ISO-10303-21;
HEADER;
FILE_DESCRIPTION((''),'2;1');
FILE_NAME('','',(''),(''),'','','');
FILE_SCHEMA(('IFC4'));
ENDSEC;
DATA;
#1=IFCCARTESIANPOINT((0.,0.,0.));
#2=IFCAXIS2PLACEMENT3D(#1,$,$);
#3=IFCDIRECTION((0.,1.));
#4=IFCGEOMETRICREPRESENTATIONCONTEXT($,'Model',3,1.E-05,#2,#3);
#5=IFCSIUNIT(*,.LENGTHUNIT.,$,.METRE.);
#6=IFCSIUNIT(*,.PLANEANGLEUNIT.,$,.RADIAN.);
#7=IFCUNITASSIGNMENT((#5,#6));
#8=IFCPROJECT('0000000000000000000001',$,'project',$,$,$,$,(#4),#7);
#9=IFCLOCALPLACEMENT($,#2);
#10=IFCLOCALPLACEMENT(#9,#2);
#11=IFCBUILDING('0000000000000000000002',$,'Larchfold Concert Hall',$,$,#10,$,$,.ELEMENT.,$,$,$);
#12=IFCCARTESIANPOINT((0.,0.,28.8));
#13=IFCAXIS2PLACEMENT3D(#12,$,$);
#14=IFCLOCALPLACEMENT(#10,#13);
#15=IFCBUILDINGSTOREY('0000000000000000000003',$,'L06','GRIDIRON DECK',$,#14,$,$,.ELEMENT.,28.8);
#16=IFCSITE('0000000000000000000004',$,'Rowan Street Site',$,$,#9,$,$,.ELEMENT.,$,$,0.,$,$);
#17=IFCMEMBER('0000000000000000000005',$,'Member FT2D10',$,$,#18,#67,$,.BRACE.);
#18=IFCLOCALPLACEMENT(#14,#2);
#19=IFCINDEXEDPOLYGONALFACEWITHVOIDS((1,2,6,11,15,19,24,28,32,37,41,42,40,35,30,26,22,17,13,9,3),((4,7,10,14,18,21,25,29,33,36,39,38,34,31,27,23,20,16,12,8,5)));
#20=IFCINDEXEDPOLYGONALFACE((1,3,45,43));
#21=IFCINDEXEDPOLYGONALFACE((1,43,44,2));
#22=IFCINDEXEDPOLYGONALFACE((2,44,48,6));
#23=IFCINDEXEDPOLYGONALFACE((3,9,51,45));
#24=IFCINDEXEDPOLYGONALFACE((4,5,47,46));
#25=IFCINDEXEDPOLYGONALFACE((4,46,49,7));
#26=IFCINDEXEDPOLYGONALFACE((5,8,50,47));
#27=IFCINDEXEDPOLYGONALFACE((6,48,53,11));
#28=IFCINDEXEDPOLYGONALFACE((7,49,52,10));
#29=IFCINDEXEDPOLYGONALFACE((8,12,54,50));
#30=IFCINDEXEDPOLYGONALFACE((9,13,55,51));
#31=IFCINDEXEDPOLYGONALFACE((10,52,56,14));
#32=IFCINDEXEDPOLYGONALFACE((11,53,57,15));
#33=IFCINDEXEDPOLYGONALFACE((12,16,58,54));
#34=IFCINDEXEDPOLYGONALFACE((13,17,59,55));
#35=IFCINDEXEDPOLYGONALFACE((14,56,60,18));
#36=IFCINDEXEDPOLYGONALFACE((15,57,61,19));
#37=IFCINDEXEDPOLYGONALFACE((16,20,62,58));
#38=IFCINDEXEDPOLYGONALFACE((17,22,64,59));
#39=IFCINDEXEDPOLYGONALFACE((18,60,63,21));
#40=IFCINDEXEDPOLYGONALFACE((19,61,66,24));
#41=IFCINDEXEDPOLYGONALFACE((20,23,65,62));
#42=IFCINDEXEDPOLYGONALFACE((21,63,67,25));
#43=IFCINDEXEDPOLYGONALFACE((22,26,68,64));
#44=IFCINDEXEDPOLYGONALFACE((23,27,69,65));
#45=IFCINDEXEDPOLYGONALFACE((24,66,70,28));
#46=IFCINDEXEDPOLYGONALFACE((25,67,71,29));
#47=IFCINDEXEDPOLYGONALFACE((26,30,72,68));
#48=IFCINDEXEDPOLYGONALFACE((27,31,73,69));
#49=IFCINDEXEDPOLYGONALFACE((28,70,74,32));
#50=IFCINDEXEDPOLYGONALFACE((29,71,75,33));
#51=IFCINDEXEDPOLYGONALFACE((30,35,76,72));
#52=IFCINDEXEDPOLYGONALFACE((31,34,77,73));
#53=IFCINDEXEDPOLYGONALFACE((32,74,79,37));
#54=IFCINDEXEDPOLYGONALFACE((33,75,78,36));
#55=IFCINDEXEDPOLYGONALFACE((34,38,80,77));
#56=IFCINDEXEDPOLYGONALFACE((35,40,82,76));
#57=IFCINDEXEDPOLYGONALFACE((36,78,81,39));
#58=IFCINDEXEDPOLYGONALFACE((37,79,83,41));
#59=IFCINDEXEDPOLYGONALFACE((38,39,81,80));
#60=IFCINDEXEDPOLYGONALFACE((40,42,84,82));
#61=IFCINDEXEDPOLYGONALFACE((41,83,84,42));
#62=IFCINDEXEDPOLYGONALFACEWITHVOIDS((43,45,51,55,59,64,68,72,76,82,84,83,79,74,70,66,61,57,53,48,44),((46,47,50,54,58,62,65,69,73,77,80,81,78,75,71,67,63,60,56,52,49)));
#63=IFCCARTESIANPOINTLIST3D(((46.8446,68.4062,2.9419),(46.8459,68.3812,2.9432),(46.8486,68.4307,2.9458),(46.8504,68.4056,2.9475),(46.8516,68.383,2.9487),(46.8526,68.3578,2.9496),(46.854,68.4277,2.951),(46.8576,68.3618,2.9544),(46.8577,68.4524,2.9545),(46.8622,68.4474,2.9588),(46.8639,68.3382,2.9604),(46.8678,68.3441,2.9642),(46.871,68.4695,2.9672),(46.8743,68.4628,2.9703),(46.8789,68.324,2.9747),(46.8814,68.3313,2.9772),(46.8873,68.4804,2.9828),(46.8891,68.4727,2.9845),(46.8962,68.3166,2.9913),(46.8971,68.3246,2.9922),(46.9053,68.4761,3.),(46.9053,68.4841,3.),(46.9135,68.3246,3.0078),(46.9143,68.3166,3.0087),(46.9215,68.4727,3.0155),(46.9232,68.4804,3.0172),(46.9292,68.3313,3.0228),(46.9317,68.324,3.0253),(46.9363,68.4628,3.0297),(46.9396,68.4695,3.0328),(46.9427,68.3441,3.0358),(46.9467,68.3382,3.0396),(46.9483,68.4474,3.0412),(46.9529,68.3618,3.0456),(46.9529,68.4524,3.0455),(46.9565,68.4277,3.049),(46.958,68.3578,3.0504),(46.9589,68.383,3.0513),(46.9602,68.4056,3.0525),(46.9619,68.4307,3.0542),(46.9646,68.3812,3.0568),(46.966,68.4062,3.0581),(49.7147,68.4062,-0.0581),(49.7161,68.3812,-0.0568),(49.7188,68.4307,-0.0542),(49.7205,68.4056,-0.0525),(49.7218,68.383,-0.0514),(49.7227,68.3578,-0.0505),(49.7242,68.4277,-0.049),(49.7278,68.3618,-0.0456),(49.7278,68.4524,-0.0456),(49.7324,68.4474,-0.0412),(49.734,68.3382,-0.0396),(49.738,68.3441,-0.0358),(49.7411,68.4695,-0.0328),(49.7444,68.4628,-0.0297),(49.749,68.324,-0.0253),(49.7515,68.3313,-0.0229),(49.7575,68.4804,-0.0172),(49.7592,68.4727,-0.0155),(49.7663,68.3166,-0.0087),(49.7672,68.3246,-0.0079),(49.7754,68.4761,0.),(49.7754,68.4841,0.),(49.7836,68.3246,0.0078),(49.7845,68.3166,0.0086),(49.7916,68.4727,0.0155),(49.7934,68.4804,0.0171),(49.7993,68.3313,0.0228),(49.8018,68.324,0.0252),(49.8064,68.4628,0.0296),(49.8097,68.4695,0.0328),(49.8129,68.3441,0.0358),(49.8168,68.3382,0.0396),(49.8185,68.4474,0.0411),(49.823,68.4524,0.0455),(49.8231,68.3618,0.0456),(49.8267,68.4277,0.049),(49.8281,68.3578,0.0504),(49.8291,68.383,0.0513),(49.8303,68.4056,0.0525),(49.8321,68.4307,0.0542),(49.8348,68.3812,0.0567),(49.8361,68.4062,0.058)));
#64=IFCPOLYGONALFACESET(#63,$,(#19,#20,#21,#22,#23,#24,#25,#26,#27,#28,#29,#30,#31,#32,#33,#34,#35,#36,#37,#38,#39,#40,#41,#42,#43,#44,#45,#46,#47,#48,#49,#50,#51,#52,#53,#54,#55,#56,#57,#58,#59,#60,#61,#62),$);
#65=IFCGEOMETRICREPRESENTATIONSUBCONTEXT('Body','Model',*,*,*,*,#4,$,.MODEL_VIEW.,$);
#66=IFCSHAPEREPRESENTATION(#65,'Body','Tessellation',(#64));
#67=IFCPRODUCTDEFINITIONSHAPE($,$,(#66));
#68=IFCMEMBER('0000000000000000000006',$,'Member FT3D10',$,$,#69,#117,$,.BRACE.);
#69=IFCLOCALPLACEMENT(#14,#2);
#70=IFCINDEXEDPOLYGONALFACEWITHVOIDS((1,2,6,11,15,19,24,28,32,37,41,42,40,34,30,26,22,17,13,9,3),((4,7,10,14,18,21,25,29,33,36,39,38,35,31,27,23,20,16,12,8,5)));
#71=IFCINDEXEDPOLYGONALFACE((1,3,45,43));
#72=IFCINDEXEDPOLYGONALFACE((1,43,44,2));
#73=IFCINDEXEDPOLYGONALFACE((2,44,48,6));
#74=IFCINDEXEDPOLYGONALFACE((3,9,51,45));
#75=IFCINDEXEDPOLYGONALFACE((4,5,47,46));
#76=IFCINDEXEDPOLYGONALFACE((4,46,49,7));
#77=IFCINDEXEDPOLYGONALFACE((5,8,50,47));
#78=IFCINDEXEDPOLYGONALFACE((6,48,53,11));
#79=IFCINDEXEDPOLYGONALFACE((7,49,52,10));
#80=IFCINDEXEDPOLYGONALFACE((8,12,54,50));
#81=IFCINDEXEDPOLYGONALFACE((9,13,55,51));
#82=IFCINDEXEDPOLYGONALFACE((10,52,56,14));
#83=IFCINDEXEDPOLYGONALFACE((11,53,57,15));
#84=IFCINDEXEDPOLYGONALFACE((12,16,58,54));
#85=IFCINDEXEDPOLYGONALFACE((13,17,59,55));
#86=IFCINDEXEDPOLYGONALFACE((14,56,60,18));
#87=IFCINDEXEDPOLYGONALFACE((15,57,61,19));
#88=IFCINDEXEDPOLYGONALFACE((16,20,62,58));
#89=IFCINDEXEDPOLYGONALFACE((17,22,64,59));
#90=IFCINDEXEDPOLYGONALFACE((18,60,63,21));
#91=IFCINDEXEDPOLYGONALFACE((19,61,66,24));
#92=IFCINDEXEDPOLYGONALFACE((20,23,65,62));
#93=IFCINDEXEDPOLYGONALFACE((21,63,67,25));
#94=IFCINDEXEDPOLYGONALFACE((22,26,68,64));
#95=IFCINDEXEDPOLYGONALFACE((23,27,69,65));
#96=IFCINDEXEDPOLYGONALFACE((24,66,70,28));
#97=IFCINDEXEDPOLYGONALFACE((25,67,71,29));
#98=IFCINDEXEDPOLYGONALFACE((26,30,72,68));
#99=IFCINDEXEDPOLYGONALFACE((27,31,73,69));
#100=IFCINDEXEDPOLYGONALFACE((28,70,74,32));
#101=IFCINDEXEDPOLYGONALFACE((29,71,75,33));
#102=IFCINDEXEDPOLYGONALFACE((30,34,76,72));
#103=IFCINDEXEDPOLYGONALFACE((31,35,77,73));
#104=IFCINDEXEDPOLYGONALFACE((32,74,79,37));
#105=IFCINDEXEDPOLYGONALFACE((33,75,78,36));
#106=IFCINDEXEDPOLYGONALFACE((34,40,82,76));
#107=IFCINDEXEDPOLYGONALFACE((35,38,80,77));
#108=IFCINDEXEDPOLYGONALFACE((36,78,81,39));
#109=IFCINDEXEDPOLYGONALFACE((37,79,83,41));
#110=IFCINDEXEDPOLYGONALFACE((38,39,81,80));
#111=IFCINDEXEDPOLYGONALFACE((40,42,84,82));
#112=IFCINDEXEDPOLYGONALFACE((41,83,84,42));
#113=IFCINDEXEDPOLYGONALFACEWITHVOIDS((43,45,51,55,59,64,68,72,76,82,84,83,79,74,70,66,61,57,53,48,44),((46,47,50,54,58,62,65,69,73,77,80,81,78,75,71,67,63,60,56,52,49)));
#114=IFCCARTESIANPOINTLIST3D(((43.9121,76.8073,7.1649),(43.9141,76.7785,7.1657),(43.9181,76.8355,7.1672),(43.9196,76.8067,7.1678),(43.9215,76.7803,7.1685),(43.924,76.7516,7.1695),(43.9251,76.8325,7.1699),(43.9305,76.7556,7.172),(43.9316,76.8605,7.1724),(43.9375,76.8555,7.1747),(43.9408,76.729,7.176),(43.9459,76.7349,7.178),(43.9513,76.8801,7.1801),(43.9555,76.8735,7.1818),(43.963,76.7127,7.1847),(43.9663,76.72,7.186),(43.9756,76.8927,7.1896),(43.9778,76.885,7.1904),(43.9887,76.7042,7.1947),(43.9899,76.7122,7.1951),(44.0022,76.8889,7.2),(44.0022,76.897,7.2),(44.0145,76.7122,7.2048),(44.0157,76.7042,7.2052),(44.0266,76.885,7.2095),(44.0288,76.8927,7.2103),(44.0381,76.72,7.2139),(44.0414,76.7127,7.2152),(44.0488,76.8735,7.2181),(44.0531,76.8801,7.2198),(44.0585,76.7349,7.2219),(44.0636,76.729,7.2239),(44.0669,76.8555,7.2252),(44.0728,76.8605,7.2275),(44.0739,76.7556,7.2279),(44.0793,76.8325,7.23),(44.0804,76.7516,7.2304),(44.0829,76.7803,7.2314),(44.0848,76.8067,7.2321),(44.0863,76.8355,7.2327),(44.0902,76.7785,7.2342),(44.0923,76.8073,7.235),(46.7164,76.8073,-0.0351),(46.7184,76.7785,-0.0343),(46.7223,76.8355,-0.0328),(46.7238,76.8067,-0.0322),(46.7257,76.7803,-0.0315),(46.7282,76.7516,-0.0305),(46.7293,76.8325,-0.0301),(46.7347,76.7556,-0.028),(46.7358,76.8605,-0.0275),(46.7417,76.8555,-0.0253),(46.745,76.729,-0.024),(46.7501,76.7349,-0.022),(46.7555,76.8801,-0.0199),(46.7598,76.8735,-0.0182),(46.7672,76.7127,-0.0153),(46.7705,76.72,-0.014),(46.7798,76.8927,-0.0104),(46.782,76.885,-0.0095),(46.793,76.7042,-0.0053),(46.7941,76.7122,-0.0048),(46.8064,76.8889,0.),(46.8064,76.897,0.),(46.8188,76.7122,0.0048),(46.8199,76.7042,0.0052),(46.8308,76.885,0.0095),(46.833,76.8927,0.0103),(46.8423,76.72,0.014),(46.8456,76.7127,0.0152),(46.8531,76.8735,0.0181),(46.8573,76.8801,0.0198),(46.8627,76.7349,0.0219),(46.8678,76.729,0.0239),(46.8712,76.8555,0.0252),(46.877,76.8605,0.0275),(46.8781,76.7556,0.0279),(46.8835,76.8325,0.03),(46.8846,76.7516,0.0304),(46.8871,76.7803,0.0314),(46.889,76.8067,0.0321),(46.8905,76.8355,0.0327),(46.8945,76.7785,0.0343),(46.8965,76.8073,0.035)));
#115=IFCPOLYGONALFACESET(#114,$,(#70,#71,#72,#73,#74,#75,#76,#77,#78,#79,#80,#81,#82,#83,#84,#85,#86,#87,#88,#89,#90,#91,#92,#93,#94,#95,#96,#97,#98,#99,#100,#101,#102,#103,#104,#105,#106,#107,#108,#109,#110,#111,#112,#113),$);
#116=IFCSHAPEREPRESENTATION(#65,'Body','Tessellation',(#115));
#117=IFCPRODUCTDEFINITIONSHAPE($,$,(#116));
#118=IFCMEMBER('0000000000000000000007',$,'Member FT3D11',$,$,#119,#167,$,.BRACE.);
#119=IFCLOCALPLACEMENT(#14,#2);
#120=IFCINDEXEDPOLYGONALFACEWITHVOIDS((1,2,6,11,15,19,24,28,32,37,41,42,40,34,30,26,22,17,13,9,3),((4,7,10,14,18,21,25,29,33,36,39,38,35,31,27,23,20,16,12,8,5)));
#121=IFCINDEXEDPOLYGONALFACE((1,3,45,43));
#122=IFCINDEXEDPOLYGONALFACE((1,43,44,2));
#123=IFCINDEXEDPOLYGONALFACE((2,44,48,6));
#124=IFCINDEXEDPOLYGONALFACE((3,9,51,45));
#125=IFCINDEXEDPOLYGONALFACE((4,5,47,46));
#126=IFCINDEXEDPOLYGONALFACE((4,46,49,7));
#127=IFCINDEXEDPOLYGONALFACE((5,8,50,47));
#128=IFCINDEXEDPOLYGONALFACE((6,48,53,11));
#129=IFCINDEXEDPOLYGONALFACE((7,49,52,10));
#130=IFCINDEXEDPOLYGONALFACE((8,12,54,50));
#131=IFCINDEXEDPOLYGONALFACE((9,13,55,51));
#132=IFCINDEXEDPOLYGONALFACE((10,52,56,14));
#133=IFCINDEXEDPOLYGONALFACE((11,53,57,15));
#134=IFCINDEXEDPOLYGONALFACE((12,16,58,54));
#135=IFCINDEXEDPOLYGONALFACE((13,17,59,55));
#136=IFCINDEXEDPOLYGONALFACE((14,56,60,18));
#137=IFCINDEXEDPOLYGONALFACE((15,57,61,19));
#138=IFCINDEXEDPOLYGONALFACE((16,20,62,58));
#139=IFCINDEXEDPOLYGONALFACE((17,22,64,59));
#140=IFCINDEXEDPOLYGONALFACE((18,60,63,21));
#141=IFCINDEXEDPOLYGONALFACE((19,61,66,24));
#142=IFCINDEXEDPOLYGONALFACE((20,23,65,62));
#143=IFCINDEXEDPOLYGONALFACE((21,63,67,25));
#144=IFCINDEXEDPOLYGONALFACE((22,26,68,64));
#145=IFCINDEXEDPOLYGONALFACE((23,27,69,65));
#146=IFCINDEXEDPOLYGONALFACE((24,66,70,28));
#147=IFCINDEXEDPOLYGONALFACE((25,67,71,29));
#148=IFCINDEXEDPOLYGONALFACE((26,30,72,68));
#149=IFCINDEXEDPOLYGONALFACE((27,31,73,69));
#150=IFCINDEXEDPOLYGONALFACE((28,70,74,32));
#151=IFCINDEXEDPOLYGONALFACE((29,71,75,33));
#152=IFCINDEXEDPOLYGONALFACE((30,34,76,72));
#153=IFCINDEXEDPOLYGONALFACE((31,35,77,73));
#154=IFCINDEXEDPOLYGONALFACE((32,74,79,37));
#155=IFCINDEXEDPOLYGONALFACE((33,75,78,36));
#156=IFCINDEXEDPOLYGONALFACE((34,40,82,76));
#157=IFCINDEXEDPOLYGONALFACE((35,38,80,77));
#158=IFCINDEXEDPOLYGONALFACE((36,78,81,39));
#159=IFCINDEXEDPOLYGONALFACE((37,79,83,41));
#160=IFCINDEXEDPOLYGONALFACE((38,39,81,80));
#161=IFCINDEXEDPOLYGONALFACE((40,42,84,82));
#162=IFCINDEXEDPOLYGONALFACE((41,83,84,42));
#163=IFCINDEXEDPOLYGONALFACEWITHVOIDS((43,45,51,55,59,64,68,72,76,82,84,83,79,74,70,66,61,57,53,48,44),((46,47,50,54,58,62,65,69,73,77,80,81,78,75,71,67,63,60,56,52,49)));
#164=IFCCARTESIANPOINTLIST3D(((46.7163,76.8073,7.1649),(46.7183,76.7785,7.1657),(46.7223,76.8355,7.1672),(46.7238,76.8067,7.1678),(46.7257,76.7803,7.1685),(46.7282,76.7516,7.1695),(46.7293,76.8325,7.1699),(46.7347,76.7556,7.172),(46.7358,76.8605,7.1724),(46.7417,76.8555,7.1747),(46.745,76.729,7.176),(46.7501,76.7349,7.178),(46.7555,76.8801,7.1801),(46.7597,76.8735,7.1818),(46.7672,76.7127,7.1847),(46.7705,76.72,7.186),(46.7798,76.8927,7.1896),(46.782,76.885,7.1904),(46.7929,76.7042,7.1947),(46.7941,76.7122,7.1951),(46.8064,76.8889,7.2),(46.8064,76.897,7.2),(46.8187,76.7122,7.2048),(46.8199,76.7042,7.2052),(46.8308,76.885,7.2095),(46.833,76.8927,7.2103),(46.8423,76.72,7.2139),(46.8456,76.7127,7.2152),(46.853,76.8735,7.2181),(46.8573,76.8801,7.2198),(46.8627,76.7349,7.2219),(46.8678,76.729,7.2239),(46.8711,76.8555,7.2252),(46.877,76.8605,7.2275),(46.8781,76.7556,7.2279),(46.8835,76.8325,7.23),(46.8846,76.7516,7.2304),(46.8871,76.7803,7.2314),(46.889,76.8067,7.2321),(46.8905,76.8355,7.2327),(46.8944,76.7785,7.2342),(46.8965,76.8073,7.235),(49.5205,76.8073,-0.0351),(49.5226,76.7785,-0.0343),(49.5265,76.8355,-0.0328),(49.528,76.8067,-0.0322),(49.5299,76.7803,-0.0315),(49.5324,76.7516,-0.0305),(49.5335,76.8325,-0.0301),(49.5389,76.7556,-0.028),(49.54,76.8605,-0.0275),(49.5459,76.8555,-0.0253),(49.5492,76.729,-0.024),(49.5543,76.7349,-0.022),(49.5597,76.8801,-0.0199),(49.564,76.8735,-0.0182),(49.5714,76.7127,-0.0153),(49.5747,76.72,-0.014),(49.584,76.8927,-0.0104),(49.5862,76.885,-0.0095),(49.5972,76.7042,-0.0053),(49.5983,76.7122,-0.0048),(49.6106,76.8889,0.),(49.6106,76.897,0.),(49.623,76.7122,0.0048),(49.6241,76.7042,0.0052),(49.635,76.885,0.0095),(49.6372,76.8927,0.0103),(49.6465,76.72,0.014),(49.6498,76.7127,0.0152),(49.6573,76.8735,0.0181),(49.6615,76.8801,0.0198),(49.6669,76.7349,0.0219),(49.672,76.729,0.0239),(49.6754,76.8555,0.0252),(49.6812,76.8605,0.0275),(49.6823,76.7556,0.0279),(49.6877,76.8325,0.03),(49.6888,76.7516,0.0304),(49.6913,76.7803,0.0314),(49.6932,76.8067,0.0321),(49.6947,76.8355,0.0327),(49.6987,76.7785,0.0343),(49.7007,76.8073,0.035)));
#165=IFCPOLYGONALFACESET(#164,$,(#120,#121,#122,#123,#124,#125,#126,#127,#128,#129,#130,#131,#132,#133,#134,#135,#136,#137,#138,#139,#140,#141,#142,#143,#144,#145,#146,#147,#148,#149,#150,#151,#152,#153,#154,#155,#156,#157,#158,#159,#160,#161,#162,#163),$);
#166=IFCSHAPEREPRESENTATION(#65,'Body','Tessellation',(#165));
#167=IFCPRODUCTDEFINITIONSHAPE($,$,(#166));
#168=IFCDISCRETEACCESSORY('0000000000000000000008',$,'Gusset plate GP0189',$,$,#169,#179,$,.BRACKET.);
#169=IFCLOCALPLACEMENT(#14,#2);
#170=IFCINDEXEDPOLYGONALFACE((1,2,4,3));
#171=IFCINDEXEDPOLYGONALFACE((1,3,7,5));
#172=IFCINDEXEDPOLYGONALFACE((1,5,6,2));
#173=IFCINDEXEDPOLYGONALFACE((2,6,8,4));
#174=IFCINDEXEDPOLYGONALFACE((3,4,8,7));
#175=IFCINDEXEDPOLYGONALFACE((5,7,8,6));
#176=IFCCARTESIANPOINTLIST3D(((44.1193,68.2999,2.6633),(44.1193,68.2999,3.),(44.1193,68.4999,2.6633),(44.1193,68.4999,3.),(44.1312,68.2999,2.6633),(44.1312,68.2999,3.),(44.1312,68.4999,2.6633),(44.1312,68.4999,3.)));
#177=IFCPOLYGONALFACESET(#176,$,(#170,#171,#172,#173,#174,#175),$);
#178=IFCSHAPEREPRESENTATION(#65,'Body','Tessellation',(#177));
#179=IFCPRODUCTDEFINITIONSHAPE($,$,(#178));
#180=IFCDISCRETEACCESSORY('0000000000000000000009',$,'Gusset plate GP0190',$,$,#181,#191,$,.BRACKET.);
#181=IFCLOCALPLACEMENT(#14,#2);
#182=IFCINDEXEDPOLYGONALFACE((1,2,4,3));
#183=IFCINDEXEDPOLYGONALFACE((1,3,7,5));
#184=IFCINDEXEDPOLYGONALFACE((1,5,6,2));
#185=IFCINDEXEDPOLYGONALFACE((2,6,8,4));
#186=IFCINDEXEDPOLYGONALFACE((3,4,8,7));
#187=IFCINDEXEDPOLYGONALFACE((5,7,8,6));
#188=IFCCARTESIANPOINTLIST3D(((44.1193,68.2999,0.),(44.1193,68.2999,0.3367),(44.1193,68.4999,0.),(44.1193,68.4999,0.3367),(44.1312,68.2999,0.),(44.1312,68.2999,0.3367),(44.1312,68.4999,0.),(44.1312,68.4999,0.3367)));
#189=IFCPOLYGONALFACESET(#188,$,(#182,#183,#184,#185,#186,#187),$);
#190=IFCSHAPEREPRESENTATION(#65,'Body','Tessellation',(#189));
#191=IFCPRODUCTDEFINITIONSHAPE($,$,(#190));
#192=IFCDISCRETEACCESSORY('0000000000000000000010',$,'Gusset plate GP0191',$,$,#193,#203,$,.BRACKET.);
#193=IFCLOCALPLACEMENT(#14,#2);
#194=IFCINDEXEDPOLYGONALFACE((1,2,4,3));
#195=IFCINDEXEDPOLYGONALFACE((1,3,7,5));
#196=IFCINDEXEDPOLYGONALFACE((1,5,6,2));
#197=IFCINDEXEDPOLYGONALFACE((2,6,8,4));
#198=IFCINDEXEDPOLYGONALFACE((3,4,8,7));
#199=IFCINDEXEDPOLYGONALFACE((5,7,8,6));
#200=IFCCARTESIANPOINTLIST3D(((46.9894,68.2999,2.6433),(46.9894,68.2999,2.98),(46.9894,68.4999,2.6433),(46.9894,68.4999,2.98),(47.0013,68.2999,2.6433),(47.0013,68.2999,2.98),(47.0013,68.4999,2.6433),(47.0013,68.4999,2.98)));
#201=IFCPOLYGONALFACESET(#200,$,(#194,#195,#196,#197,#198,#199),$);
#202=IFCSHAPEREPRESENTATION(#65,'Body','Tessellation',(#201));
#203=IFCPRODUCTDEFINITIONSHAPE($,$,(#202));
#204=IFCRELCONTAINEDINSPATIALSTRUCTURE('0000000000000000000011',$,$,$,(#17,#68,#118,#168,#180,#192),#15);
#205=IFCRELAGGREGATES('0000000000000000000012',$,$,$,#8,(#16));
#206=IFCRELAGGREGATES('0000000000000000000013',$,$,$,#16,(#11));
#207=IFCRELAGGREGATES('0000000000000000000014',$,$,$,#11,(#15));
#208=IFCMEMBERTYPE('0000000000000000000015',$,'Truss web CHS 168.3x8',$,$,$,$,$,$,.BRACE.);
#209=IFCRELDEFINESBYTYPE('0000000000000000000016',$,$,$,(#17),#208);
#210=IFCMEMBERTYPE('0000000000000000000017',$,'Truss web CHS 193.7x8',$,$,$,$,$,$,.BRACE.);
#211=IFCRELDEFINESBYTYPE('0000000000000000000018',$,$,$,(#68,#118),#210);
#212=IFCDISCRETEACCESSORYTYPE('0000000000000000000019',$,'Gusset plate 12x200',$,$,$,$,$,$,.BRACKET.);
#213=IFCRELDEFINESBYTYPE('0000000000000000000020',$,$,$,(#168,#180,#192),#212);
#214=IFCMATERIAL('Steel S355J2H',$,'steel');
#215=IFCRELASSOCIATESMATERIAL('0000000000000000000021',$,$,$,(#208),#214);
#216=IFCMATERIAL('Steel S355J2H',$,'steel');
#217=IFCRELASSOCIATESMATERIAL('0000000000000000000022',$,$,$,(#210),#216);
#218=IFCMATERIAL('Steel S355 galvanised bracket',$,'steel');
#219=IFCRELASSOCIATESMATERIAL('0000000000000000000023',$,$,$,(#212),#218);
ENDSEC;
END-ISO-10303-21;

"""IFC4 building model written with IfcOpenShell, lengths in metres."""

from ifc_helpers import new_model, si_unit, direction, frame, origin, origin_2d, place, context, subcontext, project, spatial, rectangle, hollow_circle, extrude, material, material_profile, profile_set, type_object, element, save


model = new_model("IFC4")

# Units and contexts
model_context = context("Model", 3, precision=1e-05, world=origin(), true_north=direction((0.0, 1.0)))
body_context = subcontext(model_context, "Body", "Model", "MODEL_VIEW")
ifc_project = project(units=[si_unit("LENGTHUNIT", "METRE"), si_unit("PLANEANGLEUNIT", "RADIAN")], contexts=[model_context])

# Site, building, storey
site_placement = place(None, origin())
site = spatial("IfcSite", under=ifc_project, at=site_placement, Name="Rowan Street Site", CompositionType="ELEMENT", RefElevation=0.0)
building_placement = place(site_placement, origin())
building = spatial("IfcBuilding", under=site, at=building_placement, Name="Larchfold Concert Hall", CompositionType="ELEMENT")
storey_placement = place(building_placement, frame((0.0, 0.0, 28.8)))
storey = spatial("IfcBuildingStorey", under=building, at=storey_placement, Name="L06", Description="GRIDIRON DECK", CompositionType="ELEMENT", Elevation=28.8)

# Members
ifc_material_1 = material(Name="Steel S355J2H", Category="steel")
ifc_material_profile_1 = material_profile(ifc_material_1, hollow_circle(Radius=0.0842, WallThickness=0.0081, at=origin_2d()))
ifc_profile_set_1 = profile_set([ifc_material_profile_1], Name="Steel S355J2H")
member_type_1 = type_object("IfcMemberType", Name="Truss web CHS 168.3x8", PredefinedType="BRACE", material=ifc_profile_set_1)
for number, where, z_axis, x_axis, name in (
    (1, (46.9053, 68.3999, 3.0), (0.691292, 0.0, -0.722575), (0.0, 1.0, 0.0), "Member FT2D10"),
):
    element("IfcMember", number, at=place(storey_placement, frame(where, z_axis=z_axis, x_axis=x_axis)), inside=storey, type_object=member_type_1, Name=name, PredefinedType="BRACE", context=body_context, shape_type="SweptSolid", body=[
        extrude(hollow_circle(Radius=0.0842, WallThickness=0.0081, at=origin_2d()), origin(), (0.0, 0.0, 1.0), 4.1519),
    ])
ifc_material_2 = material(Name="Steel S355J2H", Category="steel")
ifc_material_profile_2 = material_profile(ifc_material_2, hollow_circle(Radius=0.0969, WallThickness=0.0081, at=origin_2d()))
ifc_profile_set_2 = profile_set([ifc_material_profile_2], Name="Steel S355J2H")
member_type_2 = type_object("IfcMemberType", Name="Truss web CHS 193.7x8", PredefinedType="BRACE", material=ifc_profile_set_2)
for number, where, z_axis, x_axis, name in (
    (2, (44.0022, 76.8, 7.2), (0.36292, 0.0, -0.93182), (0.0, 1.0, 0.0), "Member FT3D10"),
    (3, (46.8064, 76.8, 7.2), (0.36292, 0.0, -0.93182), (0.0, 1.0, 0.0), "Member FT3D11"),
):
    element("IfcMember", number, at=place(storey_placement, frame(where, z_axis=z_axis, x_axis=x_axis)), inside=storey, type_object=member_type_2, Name=name, PredefinedType="BRACE", context=body_context, shape_type="SweptSolid", body=[
        extrude(hollow_circle(Radius=0.0969, WallThickness=0.0081, at=origin_2d()), origin(), (0.0, 0.0, 1.0), 7.7268),
    ])

# Discrete accessories
ifc_material_3 = material(Name="Steel S355 galvanised bracket", Category="steel")
ifc_material_profile_3 = material_profile(ifc_material_3, rectangle(XDim=0.012, YDim=0.2, at=origin_2d()))
ifc_profile_set_3 = profile_set([ifc_material_profile_3], Name="Steel S355 galvanised bracket")
discrete_accessory_type = type_object("IfcDiscreteAccessoryType", Name="Gusset plate 12x200", PredefinedType="BRACKET", material=ifc_profile_set_3)
for number, where, z_axis, x_axis, name in (
    (4, (44.1252, 68.3999, 3.0), (0.0, 0.0, -1.0), (1.0, 0.0, 0.0), "Gusset plate GP0189"),
    (5, (44.1252, 68.3999, 0.3367), (0.0, 0.0, -1.0), (1.0, 0.0, 0.0), "Gusset plate GP0190"),
    (6, (46.9954, 68.3999, 2.98), (0.0, 0.0, -1.0), (1.0, 0.0, 0.0), "Gusset plate GP0191"),
):
    element("IfcDiscreteAccessory", number, at=place(storey_placement, frame(where, z_axis=z_axis, x_axis=x_axis)), inside=storey, type_object=discrete_accessory_type, Name=name, PredefinedType="BRACKET", context=body_context, shape_type="SweptSolid", body=[
        extrude(rectangle(XDim=0.012, YDim=0.2, at=origin_2d()), origin(), (0.0, 0.0, 1.0), 0.3367),
    ])

save(model, "model.ifc")
